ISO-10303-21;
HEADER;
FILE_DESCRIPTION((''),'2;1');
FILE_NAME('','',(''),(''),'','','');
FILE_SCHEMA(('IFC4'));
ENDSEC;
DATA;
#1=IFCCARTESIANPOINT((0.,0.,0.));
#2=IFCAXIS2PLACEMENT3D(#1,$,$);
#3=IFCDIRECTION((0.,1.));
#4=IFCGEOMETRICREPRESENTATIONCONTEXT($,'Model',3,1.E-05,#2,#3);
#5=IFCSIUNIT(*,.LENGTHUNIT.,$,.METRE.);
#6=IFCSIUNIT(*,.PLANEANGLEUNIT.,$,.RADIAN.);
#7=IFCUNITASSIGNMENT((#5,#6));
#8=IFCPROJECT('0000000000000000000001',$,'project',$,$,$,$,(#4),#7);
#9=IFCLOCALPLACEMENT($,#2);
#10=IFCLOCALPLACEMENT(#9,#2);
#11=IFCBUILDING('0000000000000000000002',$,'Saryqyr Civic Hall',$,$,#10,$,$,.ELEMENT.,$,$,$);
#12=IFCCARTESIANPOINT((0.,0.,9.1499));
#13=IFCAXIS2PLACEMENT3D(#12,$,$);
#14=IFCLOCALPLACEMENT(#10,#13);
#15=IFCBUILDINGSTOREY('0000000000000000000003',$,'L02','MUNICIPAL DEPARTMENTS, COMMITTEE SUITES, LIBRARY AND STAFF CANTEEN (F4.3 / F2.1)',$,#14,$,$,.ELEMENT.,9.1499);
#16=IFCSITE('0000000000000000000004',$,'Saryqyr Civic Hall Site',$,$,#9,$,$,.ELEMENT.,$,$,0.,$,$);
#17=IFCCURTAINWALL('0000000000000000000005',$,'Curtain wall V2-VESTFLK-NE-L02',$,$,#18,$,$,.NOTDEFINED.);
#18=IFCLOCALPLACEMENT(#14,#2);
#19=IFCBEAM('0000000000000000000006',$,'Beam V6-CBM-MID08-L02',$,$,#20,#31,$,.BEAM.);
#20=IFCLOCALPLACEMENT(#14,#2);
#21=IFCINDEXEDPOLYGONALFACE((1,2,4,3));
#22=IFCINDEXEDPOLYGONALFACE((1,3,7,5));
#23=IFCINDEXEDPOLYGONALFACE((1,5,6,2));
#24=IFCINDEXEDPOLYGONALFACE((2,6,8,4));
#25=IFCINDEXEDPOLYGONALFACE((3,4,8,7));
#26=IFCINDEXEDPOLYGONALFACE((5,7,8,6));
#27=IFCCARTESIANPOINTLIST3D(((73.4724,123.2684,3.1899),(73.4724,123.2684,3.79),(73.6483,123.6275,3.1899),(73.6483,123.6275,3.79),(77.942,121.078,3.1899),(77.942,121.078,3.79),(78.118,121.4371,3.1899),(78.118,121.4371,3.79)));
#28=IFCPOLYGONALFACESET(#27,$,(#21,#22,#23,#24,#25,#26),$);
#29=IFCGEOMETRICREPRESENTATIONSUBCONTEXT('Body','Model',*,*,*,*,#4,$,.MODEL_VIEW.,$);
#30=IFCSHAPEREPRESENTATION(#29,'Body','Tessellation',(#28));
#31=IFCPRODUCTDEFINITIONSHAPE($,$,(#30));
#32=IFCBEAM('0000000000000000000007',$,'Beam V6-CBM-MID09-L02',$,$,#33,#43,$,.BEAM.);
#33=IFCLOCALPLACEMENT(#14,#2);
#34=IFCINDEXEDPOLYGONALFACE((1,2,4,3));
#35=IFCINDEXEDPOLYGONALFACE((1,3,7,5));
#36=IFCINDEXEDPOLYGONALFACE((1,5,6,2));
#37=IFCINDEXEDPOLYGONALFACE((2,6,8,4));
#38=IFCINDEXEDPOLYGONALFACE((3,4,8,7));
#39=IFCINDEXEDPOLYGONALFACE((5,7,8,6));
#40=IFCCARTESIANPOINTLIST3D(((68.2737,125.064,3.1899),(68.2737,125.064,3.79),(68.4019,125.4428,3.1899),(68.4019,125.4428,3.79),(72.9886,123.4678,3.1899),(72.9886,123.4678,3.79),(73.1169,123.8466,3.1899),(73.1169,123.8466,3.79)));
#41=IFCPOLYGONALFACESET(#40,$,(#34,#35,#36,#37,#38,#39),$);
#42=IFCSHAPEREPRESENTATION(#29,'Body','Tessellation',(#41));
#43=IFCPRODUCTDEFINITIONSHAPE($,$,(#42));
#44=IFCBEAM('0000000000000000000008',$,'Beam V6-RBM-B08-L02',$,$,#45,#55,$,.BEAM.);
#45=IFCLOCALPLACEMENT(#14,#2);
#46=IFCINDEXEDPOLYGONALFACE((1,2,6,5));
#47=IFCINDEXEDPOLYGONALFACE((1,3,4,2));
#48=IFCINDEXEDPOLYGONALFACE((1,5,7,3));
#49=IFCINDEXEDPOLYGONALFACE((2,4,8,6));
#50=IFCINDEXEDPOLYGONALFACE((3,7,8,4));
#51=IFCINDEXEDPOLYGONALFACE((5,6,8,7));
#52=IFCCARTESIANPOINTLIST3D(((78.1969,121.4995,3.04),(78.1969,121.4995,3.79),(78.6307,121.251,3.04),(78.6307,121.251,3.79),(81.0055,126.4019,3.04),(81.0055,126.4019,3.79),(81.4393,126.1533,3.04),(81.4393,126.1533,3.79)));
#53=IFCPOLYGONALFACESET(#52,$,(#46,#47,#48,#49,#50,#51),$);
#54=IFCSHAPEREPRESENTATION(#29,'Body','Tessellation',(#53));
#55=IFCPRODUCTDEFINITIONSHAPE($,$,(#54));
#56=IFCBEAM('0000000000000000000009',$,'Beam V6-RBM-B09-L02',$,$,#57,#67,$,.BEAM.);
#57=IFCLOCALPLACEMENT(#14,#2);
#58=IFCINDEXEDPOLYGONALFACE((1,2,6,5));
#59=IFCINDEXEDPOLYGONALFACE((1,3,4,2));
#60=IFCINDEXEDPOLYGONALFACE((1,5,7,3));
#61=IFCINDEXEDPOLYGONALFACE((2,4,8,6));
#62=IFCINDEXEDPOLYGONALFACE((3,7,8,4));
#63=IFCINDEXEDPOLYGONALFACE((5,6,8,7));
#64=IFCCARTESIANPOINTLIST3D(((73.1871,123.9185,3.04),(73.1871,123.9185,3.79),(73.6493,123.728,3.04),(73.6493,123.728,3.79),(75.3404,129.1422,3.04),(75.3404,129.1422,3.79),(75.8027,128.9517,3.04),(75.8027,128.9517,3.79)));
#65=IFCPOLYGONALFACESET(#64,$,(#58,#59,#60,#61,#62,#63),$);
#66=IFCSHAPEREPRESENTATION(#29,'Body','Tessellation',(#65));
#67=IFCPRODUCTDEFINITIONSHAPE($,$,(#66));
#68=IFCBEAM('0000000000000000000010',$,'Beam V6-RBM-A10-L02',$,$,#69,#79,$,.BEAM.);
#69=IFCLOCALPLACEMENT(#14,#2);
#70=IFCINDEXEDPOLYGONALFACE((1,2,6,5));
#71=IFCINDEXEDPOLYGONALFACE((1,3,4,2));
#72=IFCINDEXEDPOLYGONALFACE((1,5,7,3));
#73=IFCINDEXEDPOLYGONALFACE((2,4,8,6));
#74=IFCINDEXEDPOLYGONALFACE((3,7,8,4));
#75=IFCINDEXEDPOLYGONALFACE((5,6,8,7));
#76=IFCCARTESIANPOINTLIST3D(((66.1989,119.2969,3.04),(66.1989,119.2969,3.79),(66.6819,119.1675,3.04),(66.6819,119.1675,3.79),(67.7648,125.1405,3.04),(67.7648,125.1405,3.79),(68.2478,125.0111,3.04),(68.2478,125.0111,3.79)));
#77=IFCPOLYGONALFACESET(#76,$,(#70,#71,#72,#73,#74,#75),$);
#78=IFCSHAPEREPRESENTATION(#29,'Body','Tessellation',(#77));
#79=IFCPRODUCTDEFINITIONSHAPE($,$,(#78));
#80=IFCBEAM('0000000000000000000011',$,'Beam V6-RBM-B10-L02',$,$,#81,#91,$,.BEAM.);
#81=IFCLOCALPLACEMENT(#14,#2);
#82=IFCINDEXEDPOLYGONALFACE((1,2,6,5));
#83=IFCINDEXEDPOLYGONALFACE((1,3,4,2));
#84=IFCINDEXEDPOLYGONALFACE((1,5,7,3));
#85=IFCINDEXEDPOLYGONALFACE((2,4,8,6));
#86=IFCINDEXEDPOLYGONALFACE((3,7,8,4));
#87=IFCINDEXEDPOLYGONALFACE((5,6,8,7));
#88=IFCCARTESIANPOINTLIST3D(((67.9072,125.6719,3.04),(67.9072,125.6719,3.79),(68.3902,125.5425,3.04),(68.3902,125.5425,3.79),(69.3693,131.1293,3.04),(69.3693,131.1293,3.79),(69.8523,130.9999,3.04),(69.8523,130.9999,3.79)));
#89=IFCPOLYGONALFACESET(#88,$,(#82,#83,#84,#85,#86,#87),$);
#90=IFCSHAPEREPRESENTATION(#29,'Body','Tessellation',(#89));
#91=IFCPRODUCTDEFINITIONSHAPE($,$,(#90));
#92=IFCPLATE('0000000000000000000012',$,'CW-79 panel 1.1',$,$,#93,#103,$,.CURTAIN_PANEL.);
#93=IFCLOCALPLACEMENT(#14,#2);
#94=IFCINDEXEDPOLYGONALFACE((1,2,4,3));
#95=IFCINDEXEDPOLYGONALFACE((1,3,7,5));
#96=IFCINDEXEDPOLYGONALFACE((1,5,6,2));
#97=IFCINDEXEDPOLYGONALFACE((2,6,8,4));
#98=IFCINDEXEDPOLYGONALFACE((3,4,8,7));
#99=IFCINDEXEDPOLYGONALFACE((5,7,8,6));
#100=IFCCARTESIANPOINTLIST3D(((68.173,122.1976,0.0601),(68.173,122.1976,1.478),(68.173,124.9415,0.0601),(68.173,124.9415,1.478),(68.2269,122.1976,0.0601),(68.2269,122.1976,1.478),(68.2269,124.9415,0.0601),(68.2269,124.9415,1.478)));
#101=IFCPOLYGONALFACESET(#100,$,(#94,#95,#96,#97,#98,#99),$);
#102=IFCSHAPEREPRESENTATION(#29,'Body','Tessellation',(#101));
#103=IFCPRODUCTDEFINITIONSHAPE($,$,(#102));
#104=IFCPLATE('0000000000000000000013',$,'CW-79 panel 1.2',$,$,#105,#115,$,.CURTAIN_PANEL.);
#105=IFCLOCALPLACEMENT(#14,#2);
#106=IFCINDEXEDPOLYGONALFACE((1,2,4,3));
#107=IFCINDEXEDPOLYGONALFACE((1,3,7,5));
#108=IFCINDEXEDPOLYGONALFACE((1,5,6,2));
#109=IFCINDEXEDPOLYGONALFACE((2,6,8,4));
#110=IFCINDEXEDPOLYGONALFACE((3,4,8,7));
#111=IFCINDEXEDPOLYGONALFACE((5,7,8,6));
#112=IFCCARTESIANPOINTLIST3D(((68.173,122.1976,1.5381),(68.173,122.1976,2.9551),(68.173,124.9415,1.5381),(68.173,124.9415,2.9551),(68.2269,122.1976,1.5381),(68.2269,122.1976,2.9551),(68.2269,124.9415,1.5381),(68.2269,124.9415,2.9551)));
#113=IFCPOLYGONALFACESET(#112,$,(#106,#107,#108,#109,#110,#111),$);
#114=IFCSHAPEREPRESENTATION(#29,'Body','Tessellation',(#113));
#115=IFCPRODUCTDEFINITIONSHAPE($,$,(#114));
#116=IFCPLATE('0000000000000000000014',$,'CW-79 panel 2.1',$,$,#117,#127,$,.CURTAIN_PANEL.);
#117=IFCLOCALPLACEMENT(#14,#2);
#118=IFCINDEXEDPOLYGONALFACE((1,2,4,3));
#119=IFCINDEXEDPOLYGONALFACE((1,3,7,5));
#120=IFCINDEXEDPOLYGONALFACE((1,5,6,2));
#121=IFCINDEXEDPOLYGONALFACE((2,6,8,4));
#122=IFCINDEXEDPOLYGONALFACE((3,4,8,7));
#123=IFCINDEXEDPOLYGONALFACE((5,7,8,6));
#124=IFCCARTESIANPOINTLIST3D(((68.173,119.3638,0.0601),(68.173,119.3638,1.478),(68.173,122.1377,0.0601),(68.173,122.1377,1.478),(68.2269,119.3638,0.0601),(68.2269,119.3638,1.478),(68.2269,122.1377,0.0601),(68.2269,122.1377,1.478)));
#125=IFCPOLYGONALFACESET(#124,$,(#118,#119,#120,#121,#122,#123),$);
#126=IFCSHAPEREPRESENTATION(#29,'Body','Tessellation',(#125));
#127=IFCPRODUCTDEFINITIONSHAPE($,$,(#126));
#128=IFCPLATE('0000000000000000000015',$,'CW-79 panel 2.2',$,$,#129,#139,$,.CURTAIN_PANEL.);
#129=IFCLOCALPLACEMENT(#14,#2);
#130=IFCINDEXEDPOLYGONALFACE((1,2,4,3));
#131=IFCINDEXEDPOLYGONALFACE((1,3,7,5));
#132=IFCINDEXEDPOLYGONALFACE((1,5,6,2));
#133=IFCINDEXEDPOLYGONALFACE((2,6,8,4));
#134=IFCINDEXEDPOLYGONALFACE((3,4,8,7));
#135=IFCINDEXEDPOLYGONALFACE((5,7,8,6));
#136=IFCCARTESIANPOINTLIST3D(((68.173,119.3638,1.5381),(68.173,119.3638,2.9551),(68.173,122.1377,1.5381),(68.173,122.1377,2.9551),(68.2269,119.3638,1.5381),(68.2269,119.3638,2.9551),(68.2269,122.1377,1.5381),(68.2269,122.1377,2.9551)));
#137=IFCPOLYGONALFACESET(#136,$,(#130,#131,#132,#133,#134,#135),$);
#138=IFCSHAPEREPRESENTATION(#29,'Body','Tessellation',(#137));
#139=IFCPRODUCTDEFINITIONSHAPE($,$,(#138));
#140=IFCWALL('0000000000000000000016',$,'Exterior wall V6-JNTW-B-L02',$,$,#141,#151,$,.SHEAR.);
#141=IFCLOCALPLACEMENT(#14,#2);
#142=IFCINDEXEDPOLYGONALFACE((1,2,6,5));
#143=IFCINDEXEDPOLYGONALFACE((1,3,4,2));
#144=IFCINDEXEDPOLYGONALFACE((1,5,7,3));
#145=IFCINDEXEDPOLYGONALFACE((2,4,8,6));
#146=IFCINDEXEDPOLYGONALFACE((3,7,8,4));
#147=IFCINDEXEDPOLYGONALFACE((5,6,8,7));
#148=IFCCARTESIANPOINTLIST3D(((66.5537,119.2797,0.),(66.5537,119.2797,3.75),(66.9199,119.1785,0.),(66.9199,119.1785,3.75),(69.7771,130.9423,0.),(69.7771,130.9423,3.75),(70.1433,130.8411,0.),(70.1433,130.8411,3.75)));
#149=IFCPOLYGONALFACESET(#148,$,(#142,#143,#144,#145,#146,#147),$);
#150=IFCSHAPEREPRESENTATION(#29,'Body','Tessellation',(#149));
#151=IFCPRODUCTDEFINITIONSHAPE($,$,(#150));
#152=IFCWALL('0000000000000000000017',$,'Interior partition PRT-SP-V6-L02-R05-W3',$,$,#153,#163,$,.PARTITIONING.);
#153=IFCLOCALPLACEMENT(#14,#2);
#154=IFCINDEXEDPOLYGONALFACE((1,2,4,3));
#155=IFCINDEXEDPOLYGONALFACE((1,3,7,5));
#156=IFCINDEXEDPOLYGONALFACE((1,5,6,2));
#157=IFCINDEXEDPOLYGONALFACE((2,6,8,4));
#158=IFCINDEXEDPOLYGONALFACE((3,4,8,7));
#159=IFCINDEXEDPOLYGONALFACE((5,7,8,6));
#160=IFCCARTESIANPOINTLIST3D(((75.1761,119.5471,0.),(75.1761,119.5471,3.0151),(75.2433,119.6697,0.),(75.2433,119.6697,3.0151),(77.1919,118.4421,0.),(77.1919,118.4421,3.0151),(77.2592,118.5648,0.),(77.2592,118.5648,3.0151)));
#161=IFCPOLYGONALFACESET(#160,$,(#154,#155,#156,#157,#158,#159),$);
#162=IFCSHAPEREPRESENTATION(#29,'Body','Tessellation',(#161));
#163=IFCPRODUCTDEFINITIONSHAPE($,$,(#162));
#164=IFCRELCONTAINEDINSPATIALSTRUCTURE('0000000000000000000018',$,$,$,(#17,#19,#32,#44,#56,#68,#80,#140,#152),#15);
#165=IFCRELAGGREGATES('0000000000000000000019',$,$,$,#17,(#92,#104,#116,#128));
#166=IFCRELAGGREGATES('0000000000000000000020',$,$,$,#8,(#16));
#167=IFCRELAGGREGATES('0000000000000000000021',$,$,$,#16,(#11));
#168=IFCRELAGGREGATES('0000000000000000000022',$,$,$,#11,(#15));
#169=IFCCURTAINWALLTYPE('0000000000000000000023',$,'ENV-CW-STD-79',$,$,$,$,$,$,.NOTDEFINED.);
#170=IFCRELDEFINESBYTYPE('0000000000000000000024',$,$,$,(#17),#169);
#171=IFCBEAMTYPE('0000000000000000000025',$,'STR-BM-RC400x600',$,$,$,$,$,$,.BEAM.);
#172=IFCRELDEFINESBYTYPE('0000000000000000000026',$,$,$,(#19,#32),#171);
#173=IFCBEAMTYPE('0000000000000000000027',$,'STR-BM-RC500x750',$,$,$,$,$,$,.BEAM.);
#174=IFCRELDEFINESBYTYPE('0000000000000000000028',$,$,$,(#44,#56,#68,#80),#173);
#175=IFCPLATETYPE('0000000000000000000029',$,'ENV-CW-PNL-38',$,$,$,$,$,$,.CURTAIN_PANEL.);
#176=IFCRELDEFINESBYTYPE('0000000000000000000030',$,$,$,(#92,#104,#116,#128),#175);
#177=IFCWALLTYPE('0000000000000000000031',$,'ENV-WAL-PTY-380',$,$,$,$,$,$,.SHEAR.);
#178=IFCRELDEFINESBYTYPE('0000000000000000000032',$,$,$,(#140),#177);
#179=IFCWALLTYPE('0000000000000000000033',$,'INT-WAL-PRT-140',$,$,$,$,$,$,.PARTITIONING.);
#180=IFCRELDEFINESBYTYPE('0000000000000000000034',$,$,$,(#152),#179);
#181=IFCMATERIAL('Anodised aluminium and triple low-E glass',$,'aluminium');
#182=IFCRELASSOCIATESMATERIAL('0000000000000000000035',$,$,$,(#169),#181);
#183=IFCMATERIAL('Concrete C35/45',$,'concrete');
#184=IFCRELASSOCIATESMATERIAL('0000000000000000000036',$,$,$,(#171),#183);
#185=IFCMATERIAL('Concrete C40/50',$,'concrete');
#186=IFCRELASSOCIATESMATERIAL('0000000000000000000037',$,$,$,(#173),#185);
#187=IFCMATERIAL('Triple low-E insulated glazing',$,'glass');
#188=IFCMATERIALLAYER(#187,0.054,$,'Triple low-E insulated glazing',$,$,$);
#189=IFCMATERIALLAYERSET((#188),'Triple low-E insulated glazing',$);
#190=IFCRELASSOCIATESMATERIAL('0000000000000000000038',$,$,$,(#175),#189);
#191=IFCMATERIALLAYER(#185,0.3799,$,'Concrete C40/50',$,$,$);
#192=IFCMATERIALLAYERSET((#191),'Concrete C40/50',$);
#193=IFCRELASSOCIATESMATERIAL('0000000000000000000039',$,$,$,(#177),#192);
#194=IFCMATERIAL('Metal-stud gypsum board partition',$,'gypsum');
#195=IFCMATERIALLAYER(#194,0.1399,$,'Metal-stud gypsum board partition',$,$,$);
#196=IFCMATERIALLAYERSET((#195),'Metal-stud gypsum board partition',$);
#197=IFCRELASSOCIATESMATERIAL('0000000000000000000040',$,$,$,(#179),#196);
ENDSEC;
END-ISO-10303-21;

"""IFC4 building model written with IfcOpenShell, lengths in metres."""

from ifc_helpers import new_model, si_unit, direction, frame, frame_2d, origin, origin_2d, place, context, subcontext, project, spatial, rectangle, extrude, material, layer, layer_set, material_profile, profile_set, type_object, element, aggregate, save


model = new_model("IFC4")

# Units and contexts
model_context = context("Model", 3, precision=1e-05, world=origin(), true_north=direction((0.0, 1.0)))
body_context = subcontext(model_context, "Body", "Model", "MODEL_VIEW")
ifc_project = project(units=[si_unit("LENGTHUNIT", "METRE"), si_unit("PLANEANGLEUNIT", "RADIAN")], contexts=[model_context])

# Site, building, storey
site_placement = place(None, origin())
site = spatial("IfcSite", under=ifc_project, at=site_placement, Name="Saryqyr Civic Hall Site", CompositionType="ELEMENT", RefElevation=0.0)
building_placement = place(site_placement, origin())
building = spatial("IfcBuilding", under=site, at=building_placement, Name="Saryqyr Civic Hall", CompositionType="ELEMENT")
storey_placement = place(building_placement, frame((0.0, 0.0, 9.1499)))
storey = spatial("IfcBuildingStorey", under=building, at=storey_placement, Name="L02", Description="MUNICIPAL DEPARTMENTS, COMMITTEE SUITES, LIBRARY AND STAFF CANTEEN (F4.3 / F2.1)", CompositionType="ELEMENT", Elevation=9.1499)

# Shared definitions
ifc_material_1 = material(Name="Concrete C40/50", Category="concrete")

# Curtain wall
ifc_material_2 = material(Name="Anodised aluminium and triple low-E glass", Category="aluminium")
curtain_wall_type = type_object("IfcCurtainWallType", Name="ENV-CW-STD-79", PredefinedType="NOTDEFINED", material=ifc_material_2)
curtain_wall_placement = place(storey_placement, origin())
curtain_wall = element("IfcCurtainWall", 1, at=curtain_wall_placement, inside=storey, type_object=curtain_wall_type, Name="Curtain wall V2-VESTFLK-NE-L02", PredefinedType="NOTDEFINED")

# Beams
ifc_material_3 = material(Name="Concrete C35/45", Category="concrete")
ifc_material_profile_1 = material_profile(ifc_material_3, rectangle(XDim=0.3999, YDim=0.6001, at=origin_2d()), Name="RC 400x600")
ifc_profile_set_1 = profile_set([ifc_material_profile_1], Name="Concrete C35/45")
beam_type_1 = type_object("IfcBeamType", Name="STR-BM-RC400x600", PredefinedType="BEAM", material=ifc_profile_set_1)
beam_1_placement = place(storey_placement, frame((78.03, 121.2576, 3.49), z_axis=(-0.897969, 0.440058, 0.0), x_axis=(-0.440058, -0.897969, 0.0)))
element("IfcBeam", 2, at=beam_1_placement, inside=storey, type_object=beam_type_1, Name="Beam V6-CBM-MID08-L02", PredefinedType="BEAM", context=body_context, shape_type="SweptSolid", body=[
    extrude(rectangle(XDim=0.3999, YDim=0.6001, at=origin_2d()), origin(), (0.0, 0.0, 1.0), 4.9775),
])
beam_2_placement = place(storey_placement, frame((73.0527, 123.6572, 3.49), z_axis=(-0.947192, 0.320668, 0.0), x_axis=(-0.320668, -0.947192, 0.0)))
element("IfcBeam", 3, at=beam_2_placement, inside=storey, type_object=beam_type_1, Name="Beam V6-CBM-MID09-L02", PredefinedType="BEAM", context=body_context, shape_type="SweptSolid", body=[
    extrude(rectangle(XDim=0.3999, YDim=0.6001, at=origin_2d()), origin(), (0.0, 0.0, 1.0), 4.9778),
])
ifc_material_profile_2 = material_profile(ifc_material_1, rectangle(XDim=0.5, YDim=0.75, at=origin_2d()), Name="RC 500x750")
ifc_profile_set_2 = profile_set([ifc_material_profile_2], Name="Concrete C40/50")
beam_type_2 = type_object("IfcBeamType", Name="STR-BM-RC500x750", PredefinedType="BEAM", material=ifc_profile_set_2)
beam_3_placement = place(storey_placement, frame((78.4138, 121.3752, 3.415), z_axis=(0.497107, 0.867689, 0.0), x_axis=(-0.867689, 0.497107, 0.0)))
element("IfcBeam", 4, at=beam_3_placement, inside=storey, type_object=beam_type_2, Name="Beam V6-RBM-B08-L02", PredefinedType="BEAM", context=body_context, shape_type="SweptSolid", body=[
    extrude(rectangle(XDim=0.5, YDim=0.75, at=origin_2d()), origin(), (0.0, 0.0, 1.0), 5.6499),
])
beam_4_placement = place(storey_placement, frame((73.4182, 123.8232, 3.415), z_axis=(0.381115, 0.924528, 0.0), x_axis=(-0.924528, 0.381115, 0.0)))
element("IfcBeam", 5, at=beam_4_placement, inside=storey, type_object=beam_type_2, Name="Beam V6-RBM-B09-L02", PredefinedType="BEAM", context=body_context, shape_type="SweptSolid", body=[
    extrude(rectangle(XDim=0.5, YDim=0.75, at=origin_2d()), origin(), (0.0, 0.0, 1.0), 5.6501),
])
beam_5_placement = place(storey_placement, frame((66.4404, 119.2322, 3.415), z_axis=(0.258833, 0.965922, 0.0), x_axis=(-0.965922, 0.258833, 0.0)))
element("IfcBeam", 6, at=beam_5_placement, inside=storey, type_object=beam_type_2, Name="Beam V6-RBM-A10-L02", PredefinedType="BEAM", context=body_context, shape_type="SweptSolid", body=[
    extrude(rectangle(XDim=0.5, YDim=0.75, at=origin_2d()), origin(), (0.0, 0.0, 1.0), 6.0498),
])
beam_6_placement = place(storey_placement, frame((68.1487, 125.6072, 3.415), z_axis=(0.258789, 0.965934, 0.0), x_axis=(-0.965934, 0.258789, 0.0)))
element("IfcBeam", 7, at=beam_6_placement, inside=storey, type_object=beam_type_2, Name="Beam V6-RBM-B10-L02", PredefinedType="BEAM", context=body_context, shape_type="SweptSolid", body=[
    extrude(rectangle(XDim=0.5, YDim=0.75, at=origin_2d()), origin(), (0.0, 0.0, 1.0), 5.6499),
])

# Plates
ifc_material_4 = material(Name="Triple low-E insulated glazing", Category="glass")
ifc_layer_1 = layer(ifc_material_4, 0.054, Name="Triple low-E insulated glazing")
ifc_layer_set_1 = layer_set([ifc_layer_1], Name="Triple low-E insulated glazing")
plate_type = type_object("IfcPlateType", Name="ENV-CW-PNL-38", PredefinedType="CURTAIN_PANEL", material=ifc_layer_set_1)
plate_1_placement = place(storey_placement, frame((68.2, 123.5696, 0.0601), z_axis=(0.0, 0.0, 1.0), x_axis=(0.0, -1.0, 0.0)))
plate_1 = element("IfcPlate", 8, at=plate_1_placement, type_object=plate_type, Name="CW-79 panel 1.1", PredefinedType="CURTAIN_PANEL", context=body_context, shape_type="SweptSolid", body=[
    extrude(rectangle(XDim=2.7439, YDim=0.054, at=origin_2d()), origin(), (0.0, 0.0, 1.0), 1.418),
])
plate_2_placement = place(storey_placement, frame((68.2, 123.5696, 1.5381), z_axis=(0.0, 0.0, 1.0), x_axis=(0.0, -1.0, 0.0)))
plate_2 = element("IfcPlate", 9, at=plate_2_placement, type_object=plate_type, Name="CW-79 panel 1.2", PredefinedType="CURTAIN_PANEL", context=body_context, shape_type="SweptSolid", body=[
    extrude(rectangle(XDim=2.7439, YDim=0.054, at=origin_2d()), origin(), (0.0, 0.0, 1.0), 1.417),
])
plate_3_placement = place(storey_placement, frame((68.2, 120.7507, 0.0601), z_axis=(0.0, 0.0, 1.0), x_axis=(0.0, -1.0, 0.0)))
plate_3 = element("IfcPlate", 10, at=plate_3_placement, type_object=plate_type, Name="CW-79 panel 2.1", PredefinedType="CURTAIN_PANEL", context=body_context, shape_type="SweptSolid", body=[
    extrude(rectangle(XDim=2.7739, YDim=0.054, at=origin_2d()), origin(), (0.0, 0.0, 1.0), 1.418),
])
plate_4_placement = place(storey_placement, frame((68.2, 120.7507, 1.5381), z_axis=(0.0, 0.0, 1.0), x_axis=(0.0, -1.0, 0.0)))
plate_4 = element("IfcPlate", 11, at=plate_4_placement, type_object=plate_type, Name="CW-79 panel 2.2", PredefinedType="CURTAIN_PANEL", context=body_context, shape_type="SweptSolid", body=[
    extrude(rectangle(XDim=2.7739, YDim=0.054, at=origin_2d()), origin(), (0.0, 0.0, 1.0), 1.417),
])
aggregate(curtain_wall, [plate_1, plate_2, plate_3, plate_4])

# Walls
ifc_layer_2 = layer(ifc_material_1, 0.3799, Name="Concrete C40/50")
ifc_layer_set_2 = layer_set([ifc_layer_2], Name="Concrete C40/50")
wall_type_1 = type_object("IfcWallType", Name="ENV-WAL-PTY-380", PredefinedType="SHEAR", material=ifc_layer_set_2)
wall_1_placement = place(storey_placement, frame((66.7368, 119.2292, 0.0), z_axis=(0.0, 0.0, 1.0), x_axis=(0.266399, 0.963863, 0.0)))
element("IfcWall", 12, at=wall_1_placement, inside=storey, type_object=wall_type_1, Name="Exterior wall V6-JNTW-B-L02", PredefinedType="SHEAR", context=body_context, shape_type="SweptSolid", body=[
    extrude(rectangle(XDim=12.0999, YDim=0.3799, at=frame_2d((6.0498, 0.0))), origin(), (0.0, 0.0, 1.0), 3.75),
])
ifc_material_5 = material(Name="Metal-stud gypsum board partition", Category="gypsum")
ifc_layer_3 = layer(ifc_material_5, 0.1399, Name="Metal-stud gypsum board partition")
ifc_layer_set_3 = layer_set([ifc_layer_3], Name="Metal-stud gypsum board partition")
wall_type_2 = type_object("IfcWallType", Name="INT-WAL-PRT-140", PredefinedType="PARTITIONING", material=ifc_layer_set_3)
wall_2_placement = place(storey_placement, frame((75.2097, 119.6084, 0.0), z_axis=(0.0, 0.0, 1.0), x_axis=(0.876903, -0.480667, 0.0)))
element("IfcWall", 13, at=wall_2_placement, inside=storey, type_object=wall_type_2, Name="Interior partition PRT-SP-V6-L02-R05-W3", PredefinedType="PARTITIONING", context=body_context, shape_type="SweptSolid", body=[
    extrude(rectangle(XDim=2.2988, YDim=0.1399, at=frame_2d((1.1494, 0.0))), origin(), (0.0, 0.0, 1.0), 3.0151),
])

save(model, "model.ifc")
